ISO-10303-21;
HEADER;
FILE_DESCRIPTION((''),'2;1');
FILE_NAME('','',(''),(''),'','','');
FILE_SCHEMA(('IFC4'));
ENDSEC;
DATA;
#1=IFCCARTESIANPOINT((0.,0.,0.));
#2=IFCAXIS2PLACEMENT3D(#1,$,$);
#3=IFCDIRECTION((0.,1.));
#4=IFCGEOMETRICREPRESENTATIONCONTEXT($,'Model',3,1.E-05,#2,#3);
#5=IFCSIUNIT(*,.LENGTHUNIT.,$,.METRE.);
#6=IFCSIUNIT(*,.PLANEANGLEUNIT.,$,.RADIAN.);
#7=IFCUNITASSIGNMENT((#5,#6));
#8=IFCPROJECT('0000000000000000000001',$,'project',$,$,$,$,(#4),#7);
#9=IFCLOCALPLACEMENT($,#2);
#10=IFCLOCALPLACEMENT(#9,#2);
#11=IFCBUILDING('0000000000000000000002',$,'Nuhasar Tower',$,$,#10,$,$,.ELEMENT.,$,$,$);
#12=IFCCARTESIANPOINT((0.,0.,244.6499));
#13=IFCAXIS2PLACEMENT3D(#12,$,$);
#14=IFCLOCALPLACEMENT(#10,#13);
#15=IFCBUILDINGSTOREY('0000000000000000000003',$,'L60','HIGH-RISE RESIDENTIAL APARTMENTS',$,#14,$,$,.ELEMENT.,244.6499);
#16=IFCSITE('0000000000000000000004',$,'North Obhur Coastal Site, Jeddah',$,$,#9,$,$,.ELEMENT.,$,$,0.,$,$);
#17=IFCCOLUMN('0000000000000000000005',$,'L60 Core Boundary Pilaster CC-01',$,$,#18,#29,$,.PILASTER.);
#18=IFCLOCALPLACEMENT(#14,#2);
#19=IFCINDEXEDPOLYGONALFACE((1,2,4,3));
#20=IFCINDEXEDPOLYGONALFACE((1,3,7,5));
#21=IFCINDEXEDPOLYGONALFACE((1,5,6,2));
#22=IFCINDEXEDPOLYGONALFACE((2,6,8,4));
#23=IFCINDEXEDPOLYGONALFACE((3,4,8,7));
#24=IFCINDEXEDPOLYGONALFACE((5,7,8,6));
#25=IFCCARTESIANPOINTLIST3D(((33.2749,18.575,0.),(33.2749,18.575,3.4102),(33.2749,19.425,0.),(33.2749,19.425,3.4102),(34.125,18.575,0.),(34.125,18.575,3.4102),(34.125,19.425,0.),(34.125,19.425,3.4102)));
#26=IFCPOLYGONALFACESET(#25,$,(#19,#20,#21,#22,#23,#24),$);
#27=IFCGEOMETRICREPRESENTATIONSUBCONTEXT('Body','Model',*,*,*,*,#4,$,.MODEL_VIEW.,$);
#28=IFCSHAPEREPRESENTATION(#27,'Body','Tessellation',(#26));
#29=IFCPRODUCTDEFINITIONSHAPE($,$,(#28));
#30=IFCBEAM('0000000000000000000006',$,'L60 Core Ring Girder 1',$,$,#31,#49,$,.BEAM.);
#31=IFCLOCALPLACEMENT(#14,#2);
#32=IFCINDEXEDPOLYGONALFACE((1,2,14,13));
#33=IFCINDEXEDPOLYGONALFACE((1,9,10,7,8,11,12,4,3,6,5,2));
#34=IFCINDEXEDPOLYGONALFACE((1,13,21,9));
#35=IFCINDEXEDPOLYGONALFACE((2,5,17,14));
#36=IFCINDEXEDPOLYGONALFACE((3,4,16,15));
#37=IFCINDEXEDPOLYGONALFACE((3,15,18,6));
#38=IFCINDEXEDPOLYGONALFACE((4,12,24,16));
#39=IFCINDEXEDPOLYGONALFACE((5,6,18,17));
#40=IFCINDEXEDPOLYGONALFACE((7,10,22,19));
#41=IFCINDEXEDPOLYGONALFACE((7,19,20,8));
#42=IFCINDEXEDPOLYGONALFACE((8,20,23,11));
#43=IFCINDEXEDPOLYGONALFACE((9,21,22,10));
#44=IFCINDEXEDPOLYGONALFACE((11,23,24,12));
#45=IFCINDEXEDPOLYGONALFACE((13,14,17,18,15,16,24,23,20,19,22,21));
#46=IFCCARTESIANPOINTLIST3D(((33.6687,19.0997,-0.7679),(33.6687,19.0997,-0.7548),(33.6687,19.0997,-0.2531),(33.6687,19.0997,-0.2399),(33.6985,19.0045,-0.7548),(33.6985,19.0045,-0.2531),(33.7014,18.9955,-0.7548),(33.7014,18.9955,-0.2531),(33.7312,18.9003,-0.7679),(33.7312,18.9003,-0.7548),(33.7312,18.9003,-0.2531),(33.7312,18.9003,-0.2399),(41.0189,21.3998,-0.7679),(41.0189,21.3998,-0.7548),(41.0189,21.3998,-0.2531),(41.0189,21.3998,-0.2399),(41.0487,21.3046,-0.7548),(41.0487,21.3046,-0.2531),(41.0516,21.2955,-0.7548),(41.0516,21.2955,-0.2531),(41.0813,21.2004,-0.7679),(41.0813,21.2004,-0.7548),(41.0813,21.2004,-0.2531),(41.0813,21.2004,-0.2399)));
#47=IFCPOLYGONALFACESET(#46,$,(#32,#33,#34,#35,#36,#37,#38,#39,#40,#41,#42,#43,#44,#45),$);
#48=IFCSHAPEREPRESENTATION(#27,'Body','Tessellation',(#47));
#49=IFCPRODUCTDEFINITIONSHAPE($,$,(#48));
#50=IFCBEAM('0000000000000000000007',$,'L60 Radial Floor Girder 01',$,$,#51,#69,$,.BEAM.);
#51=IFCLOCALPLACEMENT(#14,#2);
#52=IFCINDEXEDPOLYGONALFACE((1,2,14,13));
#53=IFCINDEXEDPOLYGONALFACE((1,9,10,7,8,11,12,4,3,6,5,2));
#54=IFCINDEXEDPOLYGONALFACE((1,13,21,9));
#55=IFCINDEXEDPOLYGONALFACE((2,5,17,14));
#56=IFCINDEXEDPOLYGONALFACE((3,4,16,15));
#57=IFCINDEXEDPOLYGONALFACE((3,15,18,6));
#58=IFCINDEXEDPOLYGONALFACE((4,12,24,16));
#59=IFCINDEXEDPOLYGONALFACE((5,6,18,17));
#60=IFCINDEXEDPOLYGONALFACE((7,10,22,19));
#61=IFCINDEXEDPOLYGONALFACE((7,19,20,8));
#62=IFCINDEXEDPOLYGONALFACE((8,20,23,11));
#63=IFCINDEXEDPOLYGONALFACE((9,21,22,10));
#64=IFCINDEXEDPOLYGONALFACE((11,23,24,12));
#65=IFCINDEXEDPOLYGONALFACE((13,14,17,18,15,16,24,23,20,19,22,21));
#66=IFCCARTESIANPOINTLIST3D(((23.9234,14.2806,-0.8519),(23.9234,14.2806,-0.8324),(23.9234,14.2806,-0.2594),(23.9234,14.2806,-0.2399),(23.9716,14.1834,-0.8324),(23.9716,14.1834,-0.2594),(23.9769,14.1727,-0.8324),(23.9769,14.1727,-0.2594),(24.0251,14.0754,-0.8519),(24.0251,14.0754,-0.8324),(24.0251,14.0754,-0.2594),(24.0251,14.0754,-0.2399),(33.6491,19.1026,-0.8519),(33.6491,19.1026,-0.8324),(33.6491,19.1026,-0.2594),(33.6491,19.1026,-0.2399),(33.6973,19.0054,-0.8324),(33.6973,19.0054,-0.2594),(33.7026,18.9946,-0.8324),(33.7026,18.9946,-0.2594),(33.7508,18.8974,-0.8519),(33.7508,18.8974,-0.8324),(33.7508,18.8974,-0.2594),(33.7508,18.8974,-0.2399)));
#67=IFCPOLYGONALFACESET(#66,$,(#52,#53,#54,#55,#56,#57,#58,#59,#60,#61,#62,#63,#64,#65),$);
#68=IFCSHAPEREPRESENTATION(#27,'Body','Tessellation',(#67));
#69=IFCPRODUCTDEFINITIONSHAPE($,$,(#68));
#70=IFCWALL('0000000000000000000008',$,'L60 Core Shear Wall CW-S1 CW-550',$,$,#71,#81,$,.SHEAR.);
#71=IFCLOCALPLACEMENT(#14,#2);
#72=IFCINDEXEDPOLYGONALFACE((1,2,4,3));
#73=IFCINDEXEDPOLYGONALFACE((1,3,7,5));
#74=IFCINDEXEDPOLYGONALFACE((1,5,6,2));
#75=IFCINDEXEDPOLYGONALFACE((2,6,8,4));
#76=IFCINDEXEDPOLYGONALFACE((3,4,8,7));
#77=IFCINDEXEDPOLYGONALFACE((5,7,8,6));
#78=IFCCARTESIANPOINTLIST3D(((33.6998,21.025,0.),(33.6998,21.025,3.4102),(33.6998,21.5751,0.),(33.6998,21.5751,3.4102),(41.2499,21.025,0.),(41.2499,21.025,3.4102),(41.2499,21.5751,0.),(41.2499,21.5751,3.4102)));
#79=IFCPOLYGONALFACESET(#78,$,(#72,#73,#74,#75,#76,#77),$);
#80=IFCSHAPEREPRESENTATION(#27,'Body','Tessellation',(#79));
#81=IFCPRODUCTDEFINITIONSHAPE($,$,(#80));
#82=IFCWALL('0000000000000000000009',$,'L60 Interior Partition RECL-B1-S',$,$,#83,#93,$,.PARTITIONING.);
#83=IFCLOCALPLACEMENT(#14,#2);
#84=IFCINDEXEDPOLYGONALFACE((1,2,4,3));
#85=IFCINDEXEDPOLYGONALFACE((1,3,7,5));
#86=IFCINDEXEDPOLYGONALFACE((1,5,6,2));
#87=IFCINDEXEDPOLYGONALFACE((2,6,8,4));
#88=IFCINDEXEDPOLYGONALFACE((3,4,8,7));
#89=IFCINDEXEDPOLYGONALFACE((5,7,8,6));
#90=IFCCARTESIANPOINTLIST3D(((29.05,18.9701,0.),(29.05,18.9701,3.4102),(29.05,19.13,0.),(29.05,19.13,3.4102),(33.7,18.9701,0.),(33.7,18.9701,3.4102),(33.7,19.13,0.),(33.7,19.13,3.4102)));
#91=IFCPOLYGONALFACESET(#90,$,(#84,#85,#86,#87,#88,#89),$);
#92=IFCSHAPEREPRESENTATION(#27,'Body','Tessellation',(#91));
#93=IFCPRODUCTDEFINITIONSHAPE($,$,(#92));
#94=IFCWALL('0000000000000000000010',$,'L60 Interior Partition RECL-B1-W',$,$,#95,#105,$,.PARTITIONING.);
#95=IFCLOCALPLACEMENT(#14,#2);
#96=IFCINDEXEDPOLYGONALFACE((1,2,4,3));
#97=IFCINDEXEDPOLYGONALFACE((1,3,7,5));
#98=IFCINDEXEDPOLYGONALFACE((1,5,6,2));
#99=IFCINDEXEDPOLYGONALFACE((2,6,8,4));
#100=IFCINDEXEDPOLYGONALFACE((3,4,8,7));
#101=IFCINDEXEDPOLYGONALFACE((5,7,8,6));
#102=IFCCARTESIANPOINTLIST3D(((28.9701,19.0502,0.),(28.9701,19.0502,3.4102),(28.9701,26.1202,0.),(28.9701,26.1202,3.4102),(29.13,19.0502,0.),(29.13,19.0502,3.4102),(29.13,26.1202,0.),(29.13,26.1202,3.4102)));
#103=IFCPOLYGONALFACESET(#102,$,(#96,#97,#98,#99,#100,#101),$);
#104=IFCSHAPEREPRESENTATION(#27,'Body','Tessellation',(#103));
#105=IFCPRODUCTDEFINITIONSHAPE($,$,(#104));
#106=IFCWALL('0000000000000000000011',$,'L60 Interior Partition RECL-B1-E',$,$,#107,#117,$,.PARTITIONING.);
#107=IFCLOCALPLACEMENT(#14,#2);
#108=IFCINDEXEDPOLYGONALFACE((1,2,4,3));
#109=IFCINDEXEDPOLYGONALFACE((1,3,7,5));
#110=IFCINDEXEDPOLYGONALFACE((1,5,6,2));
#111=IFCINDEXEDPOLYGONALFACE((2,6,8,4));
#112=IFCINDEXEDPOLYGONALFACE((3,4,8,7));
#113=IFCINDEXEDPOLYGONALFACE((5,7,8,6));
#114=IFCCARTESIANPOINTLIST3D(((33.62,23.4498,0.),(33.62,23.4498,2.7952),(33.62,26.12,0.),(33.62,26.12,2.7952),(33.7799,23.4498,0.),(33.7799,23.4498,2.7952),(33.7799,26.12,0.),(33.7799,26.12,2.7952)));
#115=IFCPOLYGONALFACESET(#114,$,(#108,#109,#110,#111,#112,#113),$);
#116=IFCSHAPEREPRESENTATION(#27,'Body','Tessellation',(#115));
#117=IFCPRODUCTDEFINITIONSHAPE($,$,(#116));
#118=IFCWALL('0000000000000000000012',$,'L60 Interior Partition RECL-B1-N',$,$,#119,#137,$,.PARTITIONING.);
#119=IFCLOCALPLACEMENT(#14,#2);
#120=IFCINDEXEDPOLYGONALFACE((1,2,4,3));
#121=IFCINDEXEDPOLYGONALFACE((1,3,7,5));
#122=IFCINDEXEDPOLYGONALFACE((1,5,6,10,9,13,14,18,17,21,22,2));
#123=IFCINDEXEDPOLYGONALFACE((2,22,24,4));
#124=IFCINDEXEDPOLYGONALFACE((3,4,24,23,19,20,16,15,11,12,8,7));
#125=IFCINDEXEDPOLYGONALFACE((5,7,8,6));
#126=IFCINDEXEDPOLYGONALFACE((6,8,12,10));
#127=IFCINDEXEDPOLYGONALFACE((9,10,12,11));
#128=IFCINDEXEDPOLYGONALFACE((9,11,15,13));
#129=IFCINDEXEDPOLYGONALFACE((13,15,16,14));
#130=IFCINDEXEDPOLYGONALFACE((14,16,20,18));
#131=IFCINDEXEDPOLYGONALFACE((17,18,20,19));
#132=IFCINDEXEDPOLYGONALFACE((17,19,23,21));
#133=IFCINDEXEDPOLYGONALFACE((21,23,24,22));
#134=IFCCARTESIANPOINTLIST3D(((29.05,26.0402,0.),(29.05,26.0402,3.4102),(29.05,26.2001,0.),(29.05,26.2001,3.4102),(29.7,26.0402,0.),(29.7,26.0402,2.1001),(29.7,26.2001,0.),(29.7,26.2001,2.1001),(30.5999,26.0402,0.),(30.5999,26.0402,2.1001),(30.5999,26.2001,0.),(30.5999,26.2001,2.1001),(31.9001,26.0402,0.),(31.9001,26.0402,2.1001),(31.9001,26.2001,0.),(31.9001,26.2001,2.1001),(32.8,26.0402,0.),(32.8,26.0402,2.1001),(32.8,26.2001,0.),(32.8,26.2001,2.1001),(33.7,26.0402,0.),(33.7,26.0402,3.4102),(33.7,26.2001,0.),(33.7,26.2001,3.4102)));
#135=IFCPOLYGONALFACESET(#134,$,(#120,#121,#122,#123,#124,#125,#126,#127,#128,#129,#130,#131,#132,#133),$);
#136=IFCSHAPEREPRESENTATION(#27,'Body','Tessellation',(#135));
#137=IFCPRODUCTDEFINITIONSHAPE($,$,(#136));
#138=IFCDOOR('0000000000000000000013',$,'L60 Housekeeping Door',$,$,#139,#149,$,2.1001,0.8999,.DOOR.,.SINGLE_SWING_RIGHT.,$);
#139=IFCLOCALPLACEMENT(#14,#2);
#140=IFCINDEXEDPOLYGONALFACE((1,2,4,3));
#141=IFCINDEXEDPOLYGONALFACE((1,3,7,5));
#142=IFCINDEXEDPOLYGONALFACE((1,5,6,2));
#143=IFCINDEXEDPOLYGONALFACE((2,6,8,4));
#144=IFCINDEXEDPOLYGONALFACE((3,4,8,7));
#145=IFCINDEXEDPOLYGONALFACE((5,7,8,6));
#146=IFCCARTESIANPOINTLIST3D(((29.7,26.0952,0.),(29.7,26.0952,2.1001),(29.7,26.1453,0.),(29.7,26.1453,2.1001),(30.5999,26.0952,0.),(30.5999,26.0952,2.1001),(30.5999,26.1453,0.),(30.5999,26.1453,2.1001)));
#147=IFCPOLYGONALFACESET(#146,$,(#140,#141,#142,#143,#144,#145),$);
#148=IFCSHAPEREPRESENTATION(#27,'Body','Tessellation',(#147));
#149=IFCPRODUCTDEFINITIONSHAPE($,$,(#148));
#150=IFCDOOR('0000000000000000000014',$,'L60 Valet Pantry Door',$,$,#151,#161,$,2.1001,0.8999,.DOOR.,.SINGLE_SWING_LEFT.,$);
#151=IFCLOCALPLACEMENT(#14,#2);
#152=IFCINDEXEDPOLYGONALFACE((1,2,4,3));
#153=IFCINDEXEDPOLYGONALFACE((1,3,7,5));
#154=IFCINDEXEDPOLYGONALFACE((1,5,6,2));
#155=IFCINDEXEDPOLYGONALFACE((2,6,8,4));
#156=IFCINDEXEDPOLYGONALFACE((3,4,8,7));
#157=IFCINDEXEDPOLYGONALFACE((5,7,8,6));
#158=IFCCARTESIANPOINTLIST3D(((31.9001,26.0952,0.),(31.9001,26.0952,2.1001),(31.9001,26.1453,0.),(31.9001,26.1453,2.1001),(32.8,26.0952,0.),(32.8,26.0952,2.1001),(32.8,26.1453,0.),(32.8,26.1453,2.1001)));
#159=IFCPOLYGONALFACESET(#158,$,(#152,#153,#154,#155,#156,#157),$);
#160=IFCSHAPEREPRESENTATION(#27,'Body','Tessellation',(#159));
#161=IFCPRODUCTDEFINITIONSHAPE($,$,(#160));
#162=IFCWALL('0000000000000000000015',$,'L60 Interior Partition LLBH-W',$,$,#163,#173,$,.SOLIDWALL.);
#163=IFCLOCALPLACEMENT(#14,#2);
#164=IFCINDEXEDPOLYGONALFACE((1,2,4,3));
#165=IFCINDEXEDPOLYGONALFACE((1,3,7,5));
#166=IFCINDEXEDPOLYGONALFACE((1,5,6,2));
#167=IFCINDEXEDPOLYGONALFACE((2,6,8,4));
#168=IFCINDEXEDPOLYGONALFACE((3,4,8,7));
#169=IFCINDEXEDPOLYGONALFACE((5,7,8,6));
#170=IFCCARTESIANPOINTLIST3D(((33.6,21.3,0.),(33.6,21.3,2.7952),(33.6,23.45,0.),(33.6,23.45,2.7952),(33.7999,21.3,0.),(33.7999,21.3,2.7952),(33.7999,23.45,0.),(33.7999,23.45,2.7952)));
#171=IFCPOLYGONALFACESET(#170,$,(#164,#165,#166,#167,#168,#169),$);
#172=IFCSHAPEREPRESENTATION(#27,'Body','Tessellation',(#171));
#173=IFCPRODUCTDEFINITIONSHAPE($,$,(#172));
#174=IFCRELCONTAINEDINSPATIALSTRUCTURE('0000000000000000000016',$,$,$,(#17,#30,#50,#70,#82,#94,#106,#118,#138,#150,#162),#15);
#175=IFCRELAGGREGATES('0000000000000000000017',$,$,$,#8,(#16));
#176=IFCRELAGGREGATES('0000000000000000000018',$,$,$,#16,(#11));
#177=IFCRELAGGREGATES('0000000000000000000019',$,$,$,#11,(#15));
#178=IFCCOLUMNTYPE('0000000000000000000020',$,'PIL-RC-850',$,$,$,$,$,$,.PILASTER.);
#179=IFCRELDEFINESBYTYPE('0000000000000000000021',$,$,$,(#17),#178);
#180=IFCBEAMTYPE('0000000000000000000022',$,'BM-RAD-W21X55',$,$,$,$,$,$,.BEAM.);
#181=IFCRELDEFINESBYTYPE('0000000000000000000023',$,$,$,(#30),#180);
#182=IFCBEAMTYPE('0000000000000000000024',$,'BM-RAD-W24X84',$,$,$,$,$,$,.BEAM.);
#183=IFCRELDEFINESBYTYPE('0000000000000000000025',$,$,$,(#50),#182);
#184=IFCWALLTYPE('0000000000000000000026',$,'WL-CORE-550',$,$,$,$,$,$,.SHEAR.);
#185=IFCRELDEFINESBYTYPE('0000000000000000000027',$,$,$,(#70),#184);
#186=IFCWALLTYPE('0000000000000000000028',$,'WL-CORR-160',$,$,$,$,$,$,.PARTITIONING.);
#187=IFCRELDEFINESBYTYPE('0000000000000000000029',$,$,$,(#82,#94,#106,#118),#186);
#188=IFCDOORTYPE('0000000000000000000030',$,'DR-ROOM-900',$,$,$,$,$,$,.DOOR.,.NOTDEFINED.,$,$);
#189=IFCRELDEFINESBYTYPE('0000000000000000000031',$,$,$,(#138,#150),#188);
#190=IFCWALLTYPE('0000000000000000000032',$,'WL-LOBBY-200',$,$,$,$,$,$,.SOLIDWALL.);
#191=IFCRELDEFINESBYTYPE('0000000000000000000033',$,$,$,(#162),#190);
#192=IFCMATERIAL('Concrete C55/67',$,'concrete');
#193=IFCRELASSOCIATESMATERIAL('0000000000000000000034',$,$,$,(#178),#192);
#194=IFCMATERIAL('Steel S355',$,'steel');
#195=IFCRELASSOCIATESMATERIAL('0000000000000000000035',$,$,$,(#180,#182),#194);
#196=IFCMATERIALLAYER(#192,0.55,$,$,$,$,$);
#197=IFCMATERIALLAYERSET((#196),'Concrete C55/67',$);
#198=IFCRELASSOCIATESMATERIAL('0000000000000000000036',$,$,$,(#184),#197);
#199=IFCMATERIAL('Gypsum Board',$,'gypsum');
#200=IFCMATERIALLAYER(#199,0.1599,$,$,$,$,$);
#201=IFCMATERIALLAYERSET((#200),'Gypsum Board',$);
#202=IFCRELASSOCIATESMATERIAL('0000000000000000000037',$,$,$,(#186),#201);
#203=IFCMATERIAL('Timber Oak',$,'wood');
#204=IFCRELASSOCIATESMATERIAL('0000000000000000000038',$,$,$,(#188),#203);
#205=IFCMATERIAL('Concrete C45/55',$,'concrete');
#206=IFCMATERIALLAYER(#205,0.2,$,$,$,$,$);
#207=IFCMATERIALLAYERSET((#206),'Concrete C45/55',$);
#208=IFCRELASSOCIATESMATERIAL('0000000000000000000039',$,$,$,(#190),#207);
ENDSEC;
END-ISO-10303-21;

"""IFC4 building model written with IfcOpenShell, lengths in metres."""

from ifc_helpers import new_model, si_unit, direction, frame, frame_2d, origin, origin_2d, place, context, subcontext, project, spatial, rectangle, i_section, extrude, material, layer, layer_set, material_profile, profile_set, type_object, element, fill, save


model = new_model("IFC4")

# Units and contexts
model_context = context("Model", 3, precision=1e-05, world=origin(), true_north=direction((0.0, 1.0)))
body_context = subcontext(model_context, "Body", "Model", "MODEL_VIEW")
ifc_project = project(units=[si_unit("LENGTHUNIT", "METRE"), si_unit("PLANEANGLEUNIT", "RADIAN")], contexts=[model_context])

# Site, building, storey
site_placement = place(None, origin())
site = spatial("IfcSite", under=ifc_project, at=site_placement, Name="North Obhur Coastal Site, Jeddah", CompositionType="ELEMENT", RefElevation=0.0)
building_placement = place(site_placement, origin())
building = spatial("IfcBuilding", under=site, at=building_placement, Name="Nuhasar Tower", CompositionType="ELEMENT")
storey_placement = place(building_placement, frame((0.0, 0.0, 244.6499)))
storey = spatial("IfcBuildingStorey", under=building, at=storey_placement, Name="L60", Description="HIGH-RISE RESIDENTIAL APARTMENTS", CompositionType="ELEMENT", Elevation=244.6499)

# Column
ifc_material_1 = material(Name="Concrete C55/67", Category="concrete")
ifc_material_profile_1 = material_profile(ifc_material_1, rectangle(XDim=0.8501, YDim=0.8501, at=origin_2d()), Name="RC850X850")
ifc_profile_set_1 = profile_set([ifc_material_profile_1], Name="Concrete C55/67")
column_type = type_object("IfcColumnType", Name="PIL-RC-850", PredefinedType="PILASTER", material=ifc_profile_set_1)
column_placement = place(storey_placement, frame((33.7, 19.0, 0.0), z_axis=(0.0, 0.0, 1.0), x_axis=(1.0, 0.0, 0.0)))
element("IfcColumn", 1, at=column_placement, inside=storey, type_object=column_type, Name="L60 Core Boundary Pilaster CC-01", PredefinedType="PILASTER", context=body_context, shape_type="SweptSolid", body=[
    extrude(rectangle(XDim=0.8501, YDim=0.8501, at=origin_2d()), origin(), (0.0, 0.0, 1.0), 3.4102),
])

# Beams
ifc_material_2 = material(Name="Steel S355", Category="steel")
ifc_material_profile_2 = material_profile(ifc_material_2, i_section(OverallWidth=0.209, OverallDepth=0.5281, WebThickness=0.0095, FlangeThickness=0.0132, at=origin_2d()), Name="W21X55")
ifc_profile_set_2 = profile_set([ifc_material_profile_2], Name="Steel S355")
beam_type_1 = type_object("IfcBeamType", Name="BM-RAD-W21X55", PredefinedType="BEAM", material=ifc_profile_set_2)
beam_1_placement = place(storey_placement, frame((33.7, 19.0, -0.5039), z_axis=(0.954364, 0.298647, 0.0), x_axis=(-0.298647, 0.954364, 0.0)))
element("IfcBeam", 2, at=beam_1_placement, inside=storey, type_object=beam_type_1, Name="L60 Core Ring Girder 1", PredefinedType="BEAM", context=body_context, shape_type="SweptSolid", body=[
    extrude(i_section(OverallWidth=0.209, OverallDepth=0.5281, WebThickness=0.0095, FlangeThickness=0.0132, at=origin_2d()), origin(), (0.0, 0.0, 1.0), 7.7017),
])
ifc_material_profile_3 = material_profile(ifc_material_2, i_section(OverallWidth=0.229, OverallDepth=0.6121, WebThickness=0.012, FlangeThickness=0.0195, at=origin_2d()), Name="W24X84")
ifc_profile_set_3 = profile_set([ifc_material_profile_3], Name="Steel S355")
beam_type_2 = type_object("IfcBeamType", Name="BM-RAD-W24X84", PredefinedType="BEAM", material=ifc_profile_set_3)
beam_2_placement = place(storey_placement, frame((33.7, 19.0, -0.5459), z_axis=(-0.895929, -0.444197, 0.0), x_axis=(0.444197, -0.895929, 0.0)))
element("IfcBeam", 3, at=beam_2_placement, inside=storey, type_object=beam_type_2, Name="L60 Radial Floor Girder 01", PredefinedType="BEAM", context=body_context, shape_type="SweptSolid", body=[
    extrude(i_section(OverallWidth=0.229, OverallDepth=0.6121, WebThickness=0.012, FlangeThickness=0.0195, at=origin_2d()), origin(), (0.0, 0.0, 1.0), 10.8555),
])

# Walls
ifc_layer_1 = layer(ifc_material_1, 0.55)
ifc_layer_set_1 = layer_set([ifc_layer_1], Name="Concrete C55/67")
wall_type_1 = type_object("IfcWallType", Name="WL-CORE-550", PredefinedType="SHEAR", material=ifc_layer_set_1)
wall_1_placement = place(storey_placement, frame((33.7, 21.3, 0.0), z_axis=(0.0, 0.0, 1.0), x_axis=(1.0, 0.0, 0.0)))
element("IfcWall", 4, at=wall_1_placement, inside=storey, type_object=wall_type_1, Name="L60 Core Shear Wall CW-S1 CW-550", PredefinedType="SHEAR", context=body_context, shape_type="SweptSolid", body=[
    extrude(rectangle(XDim=7.55, YDim=0.55, at=frame_2d((3.7749, 0.0))), origin(), (0.0, 0.0, 1.0), 3.4102),
])
ifc_material_3 = material(Name="Gypsum Board", Category="gypsum")
ifc_layer_2 = layer(ifc_material_3, 0.1599)
ifc_layer_set_2 = layer_set([ifc_layer_2], Name="Gypsum Board")
wall_type_2 = type_object("IfcWallType", Name="WL-CORR-160", PredefinedType="PARTITIONING", material=ifc_layer_set_2)
wall_2_placement = place(storey_placement, frame((29.05, 19.05, 0.0), z_axis=(0.0, 0.0, 1.0), x_axis=(1.0, 0.0, 0.0)))
element("IfcWall", 5, at=wall_2_placement, inside=storey, type_object=wall_type_2, Name="L60 Interior Partition RECL-B1-S", PredefinedType="PARTITIONING", context=body_context, shape_type="SweptSolid", body=[
    extrude(rectangle(XDim=4.6499, YDim=0.1599, at=frame_2d((2.325, 0.0))), origin(), (0.0, 0.0, 1.0), 3.4102),
])
wall_3_placement = place(storey_placement, frame((29.05, 19.05, 0.0), z_axis=(0.0, 0.0, 1.0), x_axis=(0.0, 1.0, 0.0)))
element("IfcWall", 6, at=wall_3_placement, inside=storey, type_object=wall_type_2, Name="L60 Interior Partition RECL-B1-W", PredefinedType="PARTITIONING", context=body_context, shape_type="SweptSolid", body=[
    extrude(rectangle(XDim=7.0701, YDim=0.1599, at=frame_2d((3.5352, 0.0))), origin(), (0.0, 0.0, 1.0), 3.4102),
])
wall_4_placement = place(storey_placement, frame((33.7, 23.45, 0.0), z_axis=(0.0, 0.0, 1.0), x_axis=(0.0, 1.0, 0.0)))
element("IfcWall", 7, at=wall_4_placement, inside=storey, type_object=wall_type_2, Name="L60 Interior Partition RECL-B1-E", PredefinedType="PARTITIONING", context=body_context, shape_type="SweptSolid", body=[
    extrude(rectangle(XDim=2.6702, YDim=0.1599, at=frame_2d((1.335, 0.0))), origin(), (0.0, 0.0, 1.0), 2.7952),
])

# Wall, openings, doors
wall_5_placement = place(storey_placement, frame((33.7, 26.1201, 0.0), z_axis=(0.0, 0.0, 1.0), x_axis=(-1.0, 0.0, 0.0)))
wall_5 = element("IfcWall", 8, at=wall_5_placement, inside=storey, type_object=wall_type_2, Name="L60 Interior Partition RECL-B1-N", PredefinedType="PARTITIONING", context=body_context, shape_type="SweptSolid", body=[
    extrude(rectangle(XDim=4.6499, YDim=0.1599, at=frame_2d((2.325, 0.0))), origin(), (0.0, 0.0, 1.0), 3.4102),
])
opening_1_placement = place(wall_5_placement, frame((3.1001, 0.0, 0.0)))
opening_1 = element("IfcOpeningElement", 9, at=opening_1_placement, cuts=wall_5, PredefinedType="OPENING", context=body_context, shape_type="SweptSolid", body=[
    extrude(rectangle(XDim=0.8999, YDim=2.1001, at=frame_2d((0.45, 1.05))), frame((0.0, 0.0898, 0.0), z_axis=(0.0, -1.0, 0.0), x_axis=(1.0, 0.0, 0.0)), (0.0, 0.0, 1.0), 0.1799),
])
opening_2_placement = place(wall_5_placement, frame((0.8999, 0.0, 0.0)))
opening_2 = element("IfcOpeningElement", 10, at=opening_2_placement, cuts=wall_5, PredefinedType="OPENING", context=body_context, shape_type="SweptSolid", body=[
    extrude(rectangle(XDim=0.8999, YDim=2.1001, at=frame_2d((0.45, 1.05))), frame((0.0, 0.0898, 0.0), z_axis=(0.0, -1.0, 0.0), x_axis=(1.0, 0.0, 0.0)), (0.0, 0.0, 1.0), 0.1799),
])
ifc_material_4 = material(Name="Timber Oak", Category="wood")
door_type_1 = type_object("IfcDoorType", Name="DR-ROOM-900", OperationType="NOTDEFINED", PredefinedType="DOOR", material=ifc_material_4)
door_1_placement = place(opening_1_placement, origin())
door_1 = element("IfcDoor", 11, at=door_1_placement, inside=storey, type_object=door_type_1, Name="L60 Housekeeping Door", OperationType="SINGLE_SWING_RIGHT", OverallHeight=2.1001, OverallWidth=0.8999, PredefinedType="DOOR", context=body_context, shape_type="SweptSolid", body=[
    extrude(rectangle(XDim=0.8999, YDim=2.1001, at=frame_2d((0.45, 1.05))), frame((0.0, 0.0249, 0.0), z_axis=(0.0, -1.0, 0.0), x_axis=(1.0, 0.0, 0.0)), (0.0, 0.0, 1.0), 0.05),
])
fill(opening_1, door_1)
door_2_placement = place(opening_2_placement, origin())
door_2 = element("IfcDoor", 12, at=door_2_placement, inside=storey, type_object=door_type_1, Name="L60 Valet Pantry Door", OperationType="SINGLE_SWING_LEFT", OverallHeight=2.1001, OverallWidth=0.8999, PredefinedType="DOOR", context=body_context, shape_type="SweptSolid", body=[
    extrude(rectangle(XDim=0.8999, YDim=2.1001, at=frame_2d((0.45, 1.05))), frame((0.0, 0.0249, 0.0), z_axis=(0.0, -1.0, 0.0), x_axis=(1.0, 0.0, 0.0)), (0.0, 0.0, 1.0), 0.05),
])
fill(opening_2, door_2)

# Wall
ifc_material_5 = material(Name="Concrete C45/55", Category="concrete")
ifc_layer_3 = layer(ifc_material_5, 0.2)
ifc_layer_set_3 = layer_set([ifc_layer_3], Name="Concrete C45/55")
wall_type_3 = type_object("IfcWallType", Name="WL-LOBBY-200", PredefinedType="SOLIDWALL", material=ifc_layer_set_3)
wall_6_placement = place(storey_placement, frame((33.7, 21.3, 0.0), z_axis=(0.0, 0.0, 1.0), x_axis=(0.0, 1.0, 0.0)))
element("IfcWall", 13, at=wall_6_placement, inside=storey, type_object=wall_type_3, Name="L60 Interior Partition LLBH-W", PredefinedType="SOLIDWALL", context=body_context, shape_type="SweptSolid", body=[
    extrude(rectangle(XDim=2.1499, YDim=0.2, at=frame_2d((1.075, 0.0))), origin(), (0.0, 0.0, 1.0), 2.7952),
])

save(model, "model.ifc")
